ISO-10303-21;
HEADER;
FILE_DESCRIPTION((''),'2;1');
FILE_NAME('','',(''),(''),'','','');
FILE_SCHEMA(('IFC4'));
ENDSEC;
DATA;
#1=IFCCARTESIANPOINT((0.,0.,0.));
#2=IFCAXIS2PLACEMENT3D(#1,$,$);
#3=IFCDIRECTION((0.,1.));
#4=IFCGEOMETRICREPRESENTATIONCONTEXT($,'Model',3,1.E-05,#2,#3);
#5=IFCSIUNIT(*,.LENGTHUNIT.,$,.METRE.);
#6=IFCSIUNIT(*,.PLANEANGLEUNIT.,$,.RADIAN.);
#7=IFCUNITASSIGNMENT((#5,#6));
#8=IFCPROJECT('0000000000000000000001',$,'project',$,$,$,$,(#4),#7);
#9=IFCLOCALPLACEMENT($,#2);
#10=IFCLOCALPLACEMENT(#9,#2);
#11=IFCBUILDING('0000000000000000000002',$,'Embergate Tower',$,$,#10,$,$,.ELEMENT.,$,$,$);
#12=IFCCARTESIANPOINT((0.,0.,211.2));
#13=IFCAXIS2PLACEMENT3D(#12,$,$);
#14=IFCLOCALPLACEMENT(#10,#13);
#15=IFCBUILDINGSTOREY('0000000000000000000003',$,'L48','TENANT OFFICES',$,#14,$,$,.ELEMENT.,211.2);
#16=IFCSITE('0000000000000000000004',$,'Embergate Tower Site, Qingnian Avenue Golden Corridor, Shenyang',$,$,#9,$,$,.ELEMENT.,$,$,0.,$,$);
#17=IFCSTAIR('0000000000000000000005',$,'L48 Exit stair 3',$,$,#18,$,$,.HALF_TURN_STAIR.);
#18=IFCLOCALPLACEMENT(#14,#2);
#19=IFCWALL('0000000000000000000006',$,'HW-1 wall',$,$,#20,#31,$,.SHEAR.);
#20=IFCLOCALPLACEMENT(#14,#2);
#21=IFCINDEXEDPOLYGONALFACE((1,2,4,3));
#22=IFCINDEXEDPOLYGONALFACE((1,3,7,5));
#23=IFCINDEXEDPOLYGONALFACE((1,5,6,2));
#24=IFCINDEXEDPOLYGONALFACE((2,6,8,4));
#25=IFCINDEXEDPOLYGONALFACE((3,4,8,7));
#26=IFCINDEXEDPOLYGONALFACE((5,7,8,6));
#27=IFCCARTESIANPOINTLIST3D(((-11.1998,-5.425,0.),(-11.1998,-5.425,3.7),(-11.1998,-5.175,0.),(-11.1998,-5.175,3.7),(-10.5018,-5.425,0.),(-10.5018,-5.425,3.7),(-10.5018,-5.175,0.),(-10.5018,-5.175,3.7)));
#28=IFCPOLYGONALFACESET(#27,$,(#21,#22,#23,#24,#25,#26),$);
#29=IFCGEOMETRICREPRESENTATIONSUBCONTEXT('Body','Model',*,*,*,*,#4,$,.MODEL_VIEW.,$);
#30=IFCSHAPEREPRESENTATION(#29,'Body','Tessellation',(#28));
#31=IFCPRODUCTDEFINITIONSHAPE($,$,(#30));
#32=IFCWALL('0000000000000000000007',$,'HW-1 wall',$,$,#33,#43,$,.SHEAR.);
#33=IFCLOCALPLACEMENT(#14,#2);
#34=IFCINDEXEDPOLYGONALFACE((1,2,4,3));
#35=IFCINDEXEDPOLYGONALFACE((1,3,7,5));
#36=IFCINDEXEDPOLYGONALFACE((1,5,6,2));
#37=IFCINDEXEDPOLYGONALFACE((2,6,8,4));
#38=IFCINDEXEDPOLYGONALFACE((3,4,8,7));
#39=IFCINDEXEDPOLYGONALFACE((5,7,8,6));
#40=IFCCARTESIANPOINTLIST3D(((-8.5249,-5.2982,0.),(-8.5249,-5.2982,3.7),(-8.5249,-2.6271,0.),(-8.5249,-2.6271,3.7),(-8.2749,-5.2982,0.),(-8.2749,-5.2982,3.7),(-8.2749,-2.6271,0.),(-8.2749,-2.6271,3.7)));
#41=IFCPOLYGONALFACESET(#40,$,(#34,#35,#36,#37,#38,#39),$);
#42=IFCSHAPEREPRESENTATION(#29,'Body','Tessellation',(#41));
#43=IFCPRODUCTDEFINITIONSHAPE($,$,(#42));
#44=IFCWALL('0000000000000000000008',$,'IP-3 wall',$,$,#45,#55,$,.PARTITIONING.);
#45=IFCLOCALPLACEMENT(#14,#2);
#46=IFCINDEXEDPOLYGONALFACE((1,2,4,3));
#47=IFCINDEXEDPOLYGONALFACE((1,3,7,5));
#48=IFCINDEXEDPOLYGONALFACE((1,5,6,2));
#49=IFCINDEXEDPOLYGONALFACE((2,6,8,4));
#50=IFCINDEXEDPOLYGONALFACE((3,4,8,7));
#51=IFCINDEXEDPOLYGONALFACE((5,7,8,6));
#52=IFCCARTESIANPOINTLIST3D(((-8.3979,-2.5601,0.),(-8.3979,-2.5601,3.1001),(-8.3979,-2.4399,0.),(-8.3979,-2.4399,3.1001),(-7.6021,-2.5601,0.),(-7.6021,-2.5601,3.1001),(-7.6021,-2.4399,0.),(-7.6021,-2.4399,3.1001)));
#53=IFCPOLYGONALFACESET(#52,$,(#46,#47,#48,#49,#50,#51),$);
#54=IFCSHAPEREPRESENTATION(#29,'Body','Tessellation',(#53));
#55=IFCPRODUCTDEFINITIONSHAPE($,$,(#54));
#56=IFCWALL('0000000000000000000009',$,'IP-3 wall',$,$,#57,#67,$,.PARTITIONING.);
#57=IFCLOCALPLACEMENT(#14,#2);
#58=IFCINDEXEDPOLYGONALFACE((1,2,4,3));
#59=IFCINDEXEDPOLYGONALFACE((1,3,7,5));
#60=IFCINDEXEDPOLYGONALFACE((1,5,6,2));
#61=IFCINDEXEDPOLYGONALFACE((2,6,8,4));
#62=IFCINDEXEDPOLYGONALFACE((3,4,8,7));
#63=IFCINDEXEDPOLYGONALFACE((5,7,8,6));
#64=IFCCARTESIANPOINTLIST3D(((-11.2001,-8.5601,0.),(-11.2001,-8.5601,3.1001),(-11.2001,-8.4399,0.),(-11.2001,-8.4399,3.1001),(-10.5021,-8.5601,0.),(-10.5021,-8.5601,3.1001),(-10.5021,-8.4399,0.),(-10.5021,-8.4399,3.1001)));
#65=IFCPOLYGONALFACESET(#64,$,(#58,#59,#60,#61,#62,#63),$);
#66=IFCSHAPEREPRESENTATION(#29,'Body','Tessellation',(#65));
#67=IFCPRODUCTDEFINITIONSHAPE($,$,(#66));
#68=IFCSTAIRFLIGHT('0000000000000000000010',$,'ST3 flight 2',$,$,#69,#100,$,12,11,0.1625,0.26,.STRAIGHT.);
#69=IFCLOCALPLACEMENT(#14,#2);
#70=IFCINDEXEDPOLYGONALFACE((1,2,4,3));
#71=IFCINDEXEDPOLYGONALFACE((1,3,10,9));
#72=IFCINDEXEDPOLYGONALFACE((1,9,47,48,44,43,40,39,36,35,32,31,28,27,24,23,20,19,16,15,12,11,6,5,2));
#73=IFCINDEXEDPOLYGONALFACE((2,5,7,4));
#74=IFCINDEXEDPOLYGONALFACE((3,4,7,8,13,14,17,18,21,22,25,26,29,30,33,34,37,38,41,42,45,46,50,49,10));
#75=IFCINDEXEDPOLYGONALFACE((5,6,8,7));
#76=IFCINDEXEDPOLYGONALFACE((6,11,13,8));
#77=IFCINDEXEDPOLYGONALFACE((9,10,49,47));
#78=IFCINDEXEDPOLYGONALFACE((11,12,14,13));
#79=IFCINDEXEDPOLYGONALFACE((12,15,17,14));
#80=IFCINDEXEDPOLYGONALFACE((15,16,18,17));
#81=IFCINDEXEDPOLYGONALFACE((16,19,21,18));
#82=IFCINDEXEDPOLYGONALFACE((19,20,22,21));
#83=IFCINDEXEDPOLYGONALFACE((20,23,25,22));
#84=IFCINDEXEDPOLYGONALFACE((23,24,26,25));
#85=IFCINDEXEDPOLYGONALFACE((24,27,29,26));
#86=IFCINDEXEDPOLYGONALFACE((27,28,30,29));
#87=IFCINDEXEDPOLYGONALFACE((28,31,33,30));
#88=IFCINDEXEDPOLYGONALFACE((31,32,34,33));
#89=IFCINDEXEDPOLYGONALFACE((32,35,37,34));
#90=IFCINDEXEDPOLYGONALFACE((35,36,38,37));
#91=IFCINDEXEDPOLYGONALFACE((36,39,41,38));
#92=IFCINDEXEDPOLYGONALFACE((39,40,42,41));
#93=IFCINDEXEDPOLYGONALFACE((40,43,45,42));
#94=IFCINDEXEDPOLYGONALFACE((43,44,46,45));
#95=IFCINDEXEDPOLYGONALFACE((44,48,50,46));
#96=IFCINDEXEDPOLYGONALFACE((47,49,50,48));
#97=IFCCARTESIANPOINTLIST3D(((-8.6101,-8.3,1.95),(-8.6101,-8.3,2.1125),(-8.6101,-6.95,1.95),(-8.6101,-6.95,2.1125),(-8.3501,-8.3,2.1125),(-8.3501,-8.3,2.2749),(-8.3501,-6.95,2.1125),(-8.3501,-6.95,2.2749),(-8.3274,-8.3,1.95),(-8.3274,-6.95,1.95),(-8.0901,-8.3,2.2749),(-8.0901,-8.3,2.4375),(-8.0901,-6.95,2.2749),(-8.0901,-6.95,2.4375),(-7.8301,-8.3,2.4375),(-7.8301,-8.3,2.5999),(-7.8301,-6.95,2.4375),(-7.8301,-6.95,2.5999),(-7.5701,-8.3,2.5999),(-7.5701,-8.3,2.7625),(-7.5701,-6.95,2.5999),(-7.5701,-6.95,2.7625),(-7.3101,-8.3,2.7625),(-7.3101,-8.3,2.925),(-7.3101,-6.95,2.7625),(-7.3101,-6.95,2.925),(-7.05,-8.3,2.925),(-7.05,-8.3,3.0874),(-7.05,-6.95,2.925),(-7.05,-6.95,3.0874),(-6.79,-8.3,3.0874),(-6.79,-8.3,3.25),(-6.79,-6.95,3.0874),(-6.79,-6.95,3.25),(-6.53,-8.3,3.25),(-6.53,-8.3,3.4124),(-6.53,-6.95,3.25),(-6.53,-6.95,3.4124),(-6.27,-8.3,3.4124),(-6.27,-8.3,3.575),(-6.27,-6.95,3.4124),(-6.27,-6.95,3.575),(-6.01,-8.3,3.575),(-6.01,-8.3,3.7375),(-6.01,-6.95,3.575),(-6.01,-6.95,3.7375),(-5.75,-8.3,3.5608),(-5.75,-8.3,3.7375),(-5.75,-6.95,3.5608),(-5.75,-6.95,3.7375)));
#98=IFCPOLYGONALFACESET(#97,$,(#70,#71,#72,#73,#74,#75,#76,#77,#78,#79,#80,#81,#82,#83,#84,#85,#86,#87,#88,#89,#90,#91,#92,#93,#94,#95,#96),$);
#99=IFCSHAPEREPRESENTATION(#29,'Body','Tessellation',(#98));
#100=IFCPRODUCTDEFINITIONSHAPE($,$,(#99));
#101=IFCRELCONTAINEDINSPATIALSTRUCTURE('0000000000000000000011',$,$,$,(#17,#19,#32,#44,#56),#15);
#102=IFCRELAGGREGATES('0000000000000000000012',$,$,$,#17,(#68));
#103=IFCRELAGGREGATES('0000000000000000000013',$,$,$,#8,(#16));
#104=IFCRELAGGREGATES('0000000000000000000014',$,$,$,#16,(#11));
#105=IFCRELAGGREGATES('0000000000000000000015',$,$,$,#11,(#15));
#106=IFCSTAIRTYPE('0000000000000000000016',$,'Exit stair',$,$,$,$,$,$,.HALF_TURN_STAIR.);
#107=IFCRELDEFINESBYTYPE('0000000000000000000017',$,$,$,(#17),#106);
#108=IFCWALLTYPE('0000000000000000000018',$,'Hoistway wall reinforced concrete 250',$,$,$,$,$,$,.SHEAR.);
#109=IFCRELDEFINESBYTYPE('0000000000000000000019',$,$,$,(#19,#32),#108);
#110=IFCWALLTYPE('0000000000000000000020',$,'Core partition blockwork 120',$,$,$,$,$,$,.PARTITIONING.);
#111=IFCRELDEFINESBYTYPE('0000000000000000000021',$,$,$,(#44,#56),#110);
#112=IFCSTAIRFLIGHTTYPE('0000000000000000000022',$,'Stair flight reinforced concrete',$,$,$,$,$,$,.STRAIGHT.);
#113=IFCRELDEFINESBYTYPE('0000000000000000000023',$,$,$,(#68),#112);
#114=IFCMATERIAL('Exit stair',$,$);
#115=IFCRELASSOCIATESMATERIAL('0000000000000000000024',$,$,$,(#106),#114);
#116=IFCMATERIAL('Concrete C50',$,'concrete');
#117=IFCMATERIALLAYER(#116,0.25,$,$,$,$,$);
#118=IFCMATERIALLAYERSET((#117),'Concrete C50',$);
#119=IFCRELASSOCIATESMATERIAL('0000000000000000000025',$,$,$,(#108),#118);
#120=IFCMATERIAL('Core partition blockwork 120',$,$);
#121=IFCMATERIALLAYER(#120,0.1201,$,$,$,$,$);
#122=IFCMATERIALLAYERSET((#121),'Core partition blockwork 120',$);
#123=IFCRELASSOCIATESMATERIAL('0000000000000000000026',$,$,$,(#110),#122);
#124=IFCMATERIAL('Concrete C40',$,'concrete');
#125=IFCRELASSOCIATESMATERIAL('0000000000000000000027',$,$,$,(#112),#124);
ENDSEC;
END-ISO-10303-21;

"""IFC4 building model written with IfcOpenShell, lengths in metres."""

from ifc_helpers import new_model, si_unit, direction, frame, frame_2d, origin, place, context, subcontext, project, spatial, polyline, rectangle, outline, extrude, source, transform, mapped, material, layer, layer_set, type_object, element, aggregate, save


model = new_model("IFC4")

# Units and contexts
model_context = context("Model", 3, precision=1e-05, world=origin(), true_north=direction((0.0, 1.0)))
body_context = subcontext(model_context, "Body", "Model", "MODEL_VIEW")
ifc_project = project(units=[si_unit("LENGTHUNIT", "METRE"), si_unit("PLANEANGLEUNIT", "RADIAN")], contexts=[model_context])

# Site, building, storey
site_placement = place(None, origin())
site = spatial("IfcSite", under=ifc_project, at=site_placement, Name="Embergate Tower Site, Qingnian Avenue Golden Corridor, Shenyang", CompositionType="ELEMENT", RefElevation=0.0)
building_placement = place(site_placement, origin())
building = spatial("IfcBuilding", under=site, at=building_placement, Name="Embergate Tower", CompositionType="ELEMENT")
storey_placement = place(building_placement, frame((0.0, 0.0, 211.2)))
storey = spatial("IfcBuildingStorey", under=building, at=storey_placement, Name="L48", Description="TENANT OFFICES", CompositionType="ELEMENT", Elevation=211.2)

# Stair
ifc_material_1 = material(Name="Exit stair")
stair_type = type_object("IfcStairType", Name="Exit stair", PredefinedType="HALF_TURN_STAIR", material=ifc_material_1)
stair_placement = place(storey_placement, origin())
stair = element("IfcStair", 1, at=stair_placement, inside=storey, type_object=stair_type, Name="L48 Exit stair 3", PredefinedType="HALF_TURN_STAIR")
ifc_material_2 = material(Name="Concrete C40", Category="concrete")

# Shared definitions
ifc_material_3 = material(Name="Concrete C50", Category="concrete")
ifc_layer_1 = layer(ifc_material_3, 0.25)
ifc_layer_set_1 = layer_set([ifc_layer_1], Name="Concrete C50")
wall_type_1 = type_object("IfcWallType", Name="Hoistway wall reinforced concrete 250", PredefinedType="SHEAR", material=ifc_layer_set_1)

# Walls
shared_shape_1 = source(origin(), body_context, "Body", "SweptSolid", [
    extrude(rectangle(XDim=0.698, YDim=0.25, at=frame_2d((0.3491, 0.0))), origin(), (0.0, 0.0, 1.0), 3.7),
])
wall_1_placement = place(storey_placement, frame((-11.2, -5.3, 0.0), z_axis=(0.0, 0.0, 1.0), x_axis=(1.0, 0.0, 0.0)))
element("IfcWall", 2, at=wall_1_placement, inside=storey, type_object=wall_type_1, Name="HW-1 wall", PredefinedType="SHEAR", context=body_context, shape_type="MappedRepresentation", body=[
    mapped(shared_shape_1, transform((0.0, 0.0, 0.0))),
])
shared_shape_2 = source(origin(), body_context, "Body", "SweptSolid", [
    extrude(rectangle(XDim=2.6711, YDim=0.25, at=frame_2d((1.3354, 0.0))), origin(), (0.0, 0.0, 1.0), 3.7),
])
wall_2_placement = place(storey_placement, frame((-8.3999, -5.2981, 0.0), z_axis=(0.0, 0.0, 1.0), x_axis=(0.0, 1.0, 0.0)))
element("IfcWall", 3, at=wall_2_placement, inside=storey, type_object=wall_type_1, Name="HW-1 wall", PredefinedType="SHEAR", context=body_context, shape_type="MappedRepresentation", body=[
    mapped(shared_shape_2, transform((0.0, 0.0, 0.0))),
])
ifc_material_4 = material(Name="Core partition blockwork 120")
ifc_layer_2 = layer(ifc_material_4, 0.1201)
ifc_layer_set_2 = layer_set([ifc_layer_2], Name="Core partition blockwork 120")
wall_type_2 = type_object("IfcWallType", Name="Core partition blockwork 120", PredefinedType="PARTITIONING", material=ifc_layer_set_2)
shared_shape_3 = source(origin(), body_context, "Body", "SweptSolid", [
    extrude(rectangle(XDim=0.7959, YDim=0.1201, at=frame_2d((0.3979, 0.0))), origin(), (0.0, 0.0, 1.0), 3.1001),
])
wall_3_placement = place(storey_placement, frame((-8.3979, -2.5, 0.0), z_axis=(0.0, 0.0, 1.0), x_axis=(1.0, 0.0, 0.0)))
element("IfcWall", 4, at=wall_3_placement, inside=storey, type_object=wall_type_2, Name="IP-3 wall", PredefinedType="PARTITIONING", context=body_context, shape_type="MappedRepresentation", body=[
    mapped(shared_shape_3, transform((0.0, 0.0, 0.0))),
])
shared_shape_4 = source(origin(), body_context, "Body", "SweptSolid", [
    extrude(rectangle(XDim=0.698, YDim=0.1201, at=frame_2d((0.3491, 0.0))), origin(), (0.0, 0.0, 1.0), 3.1001),
])
wall_4_placement = place(storey_placement, frame((-10.502, -8.5, 0.0), z_axis=(0.0, 0.0, 1.0), x_axis=(-1.0, 0.0, 0.0)))
element("IfcWall", 5, at=wall_4_placement, inside=storey, type_object=wall_type_2, Name="IP-3 wall", PredefinedType="PARTITIONING", context=body_context, shape_type="MappedRepresentation", body=[
    mapped(shared_shape_4, transform((0.0, 0.0, 0.0))),
])

# Stair flight
stair_flight_type = type_object("IfcStairFlightType", Name="Stair flight reinforced concrete", PredefinedType="STRAIGHT", material=ifc_material_2)
shared_shape_5 = source(origin(), body_context, "Body", "SweptSolid", [
    extrude(outline(polyline([(0.0, 0.0), (0.0, 0.1626), (0.26, 0.1626), (0.26, 0.325), (0.52, 0.325), (0.52, 0.4875), (0.78, 0.4875), (0.78, 0.6499), (1.04, 0.6499), (1.04, 0.8125), (1.3, 0.8125), (1.3, 0.9751), (1.5601, 0.9751), (1.5601, 1.1375), (1.8201, 1.1375), (1.8201, 1.3), (2.0801, 1.3), (2.0801, 1.4624), (2.3401, 1.4624), (2.3401, 1.625), (2.6001, 1.625), (2.6001, 1.7876), (2.8601, 1.7876), (2.8601, 1.95), (2.8601, 1.6108), (0.2827, 0.0), (0.0, 0.0)])), frame((0.0, 0.675, 0.0), z_axis=(0.0, -1.0, 0.0), x_axis=(1.0, 0.0, 0.0)), (0.0, 0.0, 1.0), 1.3501),
])
stair_flight_placement = place(storey_placement, frame((-8.6101, -7.625, 1.95), z_axis=(0.0, 0.0, 1.0), x_axis=(1.0, 0.0, 0.0)))
stair_flight = element("IfcStairFlight", 6, at=stair_flight_placement, type_object=stair_flight_type, Name="ST3 flight 2", NumberOfRisers=12, NumberOfTreads=11, PredefinedType="STRAIGHT", RiserHeight=0.1625, TreadLength=0.26, context=body_context, shape_type="MappedRepresentation", body=[
    mapped(shared_shape_5, transform((0.0, 0.0, 0.0))),
])
aggregate(stair, [stair_flight])

save(model, "model.ifc")
